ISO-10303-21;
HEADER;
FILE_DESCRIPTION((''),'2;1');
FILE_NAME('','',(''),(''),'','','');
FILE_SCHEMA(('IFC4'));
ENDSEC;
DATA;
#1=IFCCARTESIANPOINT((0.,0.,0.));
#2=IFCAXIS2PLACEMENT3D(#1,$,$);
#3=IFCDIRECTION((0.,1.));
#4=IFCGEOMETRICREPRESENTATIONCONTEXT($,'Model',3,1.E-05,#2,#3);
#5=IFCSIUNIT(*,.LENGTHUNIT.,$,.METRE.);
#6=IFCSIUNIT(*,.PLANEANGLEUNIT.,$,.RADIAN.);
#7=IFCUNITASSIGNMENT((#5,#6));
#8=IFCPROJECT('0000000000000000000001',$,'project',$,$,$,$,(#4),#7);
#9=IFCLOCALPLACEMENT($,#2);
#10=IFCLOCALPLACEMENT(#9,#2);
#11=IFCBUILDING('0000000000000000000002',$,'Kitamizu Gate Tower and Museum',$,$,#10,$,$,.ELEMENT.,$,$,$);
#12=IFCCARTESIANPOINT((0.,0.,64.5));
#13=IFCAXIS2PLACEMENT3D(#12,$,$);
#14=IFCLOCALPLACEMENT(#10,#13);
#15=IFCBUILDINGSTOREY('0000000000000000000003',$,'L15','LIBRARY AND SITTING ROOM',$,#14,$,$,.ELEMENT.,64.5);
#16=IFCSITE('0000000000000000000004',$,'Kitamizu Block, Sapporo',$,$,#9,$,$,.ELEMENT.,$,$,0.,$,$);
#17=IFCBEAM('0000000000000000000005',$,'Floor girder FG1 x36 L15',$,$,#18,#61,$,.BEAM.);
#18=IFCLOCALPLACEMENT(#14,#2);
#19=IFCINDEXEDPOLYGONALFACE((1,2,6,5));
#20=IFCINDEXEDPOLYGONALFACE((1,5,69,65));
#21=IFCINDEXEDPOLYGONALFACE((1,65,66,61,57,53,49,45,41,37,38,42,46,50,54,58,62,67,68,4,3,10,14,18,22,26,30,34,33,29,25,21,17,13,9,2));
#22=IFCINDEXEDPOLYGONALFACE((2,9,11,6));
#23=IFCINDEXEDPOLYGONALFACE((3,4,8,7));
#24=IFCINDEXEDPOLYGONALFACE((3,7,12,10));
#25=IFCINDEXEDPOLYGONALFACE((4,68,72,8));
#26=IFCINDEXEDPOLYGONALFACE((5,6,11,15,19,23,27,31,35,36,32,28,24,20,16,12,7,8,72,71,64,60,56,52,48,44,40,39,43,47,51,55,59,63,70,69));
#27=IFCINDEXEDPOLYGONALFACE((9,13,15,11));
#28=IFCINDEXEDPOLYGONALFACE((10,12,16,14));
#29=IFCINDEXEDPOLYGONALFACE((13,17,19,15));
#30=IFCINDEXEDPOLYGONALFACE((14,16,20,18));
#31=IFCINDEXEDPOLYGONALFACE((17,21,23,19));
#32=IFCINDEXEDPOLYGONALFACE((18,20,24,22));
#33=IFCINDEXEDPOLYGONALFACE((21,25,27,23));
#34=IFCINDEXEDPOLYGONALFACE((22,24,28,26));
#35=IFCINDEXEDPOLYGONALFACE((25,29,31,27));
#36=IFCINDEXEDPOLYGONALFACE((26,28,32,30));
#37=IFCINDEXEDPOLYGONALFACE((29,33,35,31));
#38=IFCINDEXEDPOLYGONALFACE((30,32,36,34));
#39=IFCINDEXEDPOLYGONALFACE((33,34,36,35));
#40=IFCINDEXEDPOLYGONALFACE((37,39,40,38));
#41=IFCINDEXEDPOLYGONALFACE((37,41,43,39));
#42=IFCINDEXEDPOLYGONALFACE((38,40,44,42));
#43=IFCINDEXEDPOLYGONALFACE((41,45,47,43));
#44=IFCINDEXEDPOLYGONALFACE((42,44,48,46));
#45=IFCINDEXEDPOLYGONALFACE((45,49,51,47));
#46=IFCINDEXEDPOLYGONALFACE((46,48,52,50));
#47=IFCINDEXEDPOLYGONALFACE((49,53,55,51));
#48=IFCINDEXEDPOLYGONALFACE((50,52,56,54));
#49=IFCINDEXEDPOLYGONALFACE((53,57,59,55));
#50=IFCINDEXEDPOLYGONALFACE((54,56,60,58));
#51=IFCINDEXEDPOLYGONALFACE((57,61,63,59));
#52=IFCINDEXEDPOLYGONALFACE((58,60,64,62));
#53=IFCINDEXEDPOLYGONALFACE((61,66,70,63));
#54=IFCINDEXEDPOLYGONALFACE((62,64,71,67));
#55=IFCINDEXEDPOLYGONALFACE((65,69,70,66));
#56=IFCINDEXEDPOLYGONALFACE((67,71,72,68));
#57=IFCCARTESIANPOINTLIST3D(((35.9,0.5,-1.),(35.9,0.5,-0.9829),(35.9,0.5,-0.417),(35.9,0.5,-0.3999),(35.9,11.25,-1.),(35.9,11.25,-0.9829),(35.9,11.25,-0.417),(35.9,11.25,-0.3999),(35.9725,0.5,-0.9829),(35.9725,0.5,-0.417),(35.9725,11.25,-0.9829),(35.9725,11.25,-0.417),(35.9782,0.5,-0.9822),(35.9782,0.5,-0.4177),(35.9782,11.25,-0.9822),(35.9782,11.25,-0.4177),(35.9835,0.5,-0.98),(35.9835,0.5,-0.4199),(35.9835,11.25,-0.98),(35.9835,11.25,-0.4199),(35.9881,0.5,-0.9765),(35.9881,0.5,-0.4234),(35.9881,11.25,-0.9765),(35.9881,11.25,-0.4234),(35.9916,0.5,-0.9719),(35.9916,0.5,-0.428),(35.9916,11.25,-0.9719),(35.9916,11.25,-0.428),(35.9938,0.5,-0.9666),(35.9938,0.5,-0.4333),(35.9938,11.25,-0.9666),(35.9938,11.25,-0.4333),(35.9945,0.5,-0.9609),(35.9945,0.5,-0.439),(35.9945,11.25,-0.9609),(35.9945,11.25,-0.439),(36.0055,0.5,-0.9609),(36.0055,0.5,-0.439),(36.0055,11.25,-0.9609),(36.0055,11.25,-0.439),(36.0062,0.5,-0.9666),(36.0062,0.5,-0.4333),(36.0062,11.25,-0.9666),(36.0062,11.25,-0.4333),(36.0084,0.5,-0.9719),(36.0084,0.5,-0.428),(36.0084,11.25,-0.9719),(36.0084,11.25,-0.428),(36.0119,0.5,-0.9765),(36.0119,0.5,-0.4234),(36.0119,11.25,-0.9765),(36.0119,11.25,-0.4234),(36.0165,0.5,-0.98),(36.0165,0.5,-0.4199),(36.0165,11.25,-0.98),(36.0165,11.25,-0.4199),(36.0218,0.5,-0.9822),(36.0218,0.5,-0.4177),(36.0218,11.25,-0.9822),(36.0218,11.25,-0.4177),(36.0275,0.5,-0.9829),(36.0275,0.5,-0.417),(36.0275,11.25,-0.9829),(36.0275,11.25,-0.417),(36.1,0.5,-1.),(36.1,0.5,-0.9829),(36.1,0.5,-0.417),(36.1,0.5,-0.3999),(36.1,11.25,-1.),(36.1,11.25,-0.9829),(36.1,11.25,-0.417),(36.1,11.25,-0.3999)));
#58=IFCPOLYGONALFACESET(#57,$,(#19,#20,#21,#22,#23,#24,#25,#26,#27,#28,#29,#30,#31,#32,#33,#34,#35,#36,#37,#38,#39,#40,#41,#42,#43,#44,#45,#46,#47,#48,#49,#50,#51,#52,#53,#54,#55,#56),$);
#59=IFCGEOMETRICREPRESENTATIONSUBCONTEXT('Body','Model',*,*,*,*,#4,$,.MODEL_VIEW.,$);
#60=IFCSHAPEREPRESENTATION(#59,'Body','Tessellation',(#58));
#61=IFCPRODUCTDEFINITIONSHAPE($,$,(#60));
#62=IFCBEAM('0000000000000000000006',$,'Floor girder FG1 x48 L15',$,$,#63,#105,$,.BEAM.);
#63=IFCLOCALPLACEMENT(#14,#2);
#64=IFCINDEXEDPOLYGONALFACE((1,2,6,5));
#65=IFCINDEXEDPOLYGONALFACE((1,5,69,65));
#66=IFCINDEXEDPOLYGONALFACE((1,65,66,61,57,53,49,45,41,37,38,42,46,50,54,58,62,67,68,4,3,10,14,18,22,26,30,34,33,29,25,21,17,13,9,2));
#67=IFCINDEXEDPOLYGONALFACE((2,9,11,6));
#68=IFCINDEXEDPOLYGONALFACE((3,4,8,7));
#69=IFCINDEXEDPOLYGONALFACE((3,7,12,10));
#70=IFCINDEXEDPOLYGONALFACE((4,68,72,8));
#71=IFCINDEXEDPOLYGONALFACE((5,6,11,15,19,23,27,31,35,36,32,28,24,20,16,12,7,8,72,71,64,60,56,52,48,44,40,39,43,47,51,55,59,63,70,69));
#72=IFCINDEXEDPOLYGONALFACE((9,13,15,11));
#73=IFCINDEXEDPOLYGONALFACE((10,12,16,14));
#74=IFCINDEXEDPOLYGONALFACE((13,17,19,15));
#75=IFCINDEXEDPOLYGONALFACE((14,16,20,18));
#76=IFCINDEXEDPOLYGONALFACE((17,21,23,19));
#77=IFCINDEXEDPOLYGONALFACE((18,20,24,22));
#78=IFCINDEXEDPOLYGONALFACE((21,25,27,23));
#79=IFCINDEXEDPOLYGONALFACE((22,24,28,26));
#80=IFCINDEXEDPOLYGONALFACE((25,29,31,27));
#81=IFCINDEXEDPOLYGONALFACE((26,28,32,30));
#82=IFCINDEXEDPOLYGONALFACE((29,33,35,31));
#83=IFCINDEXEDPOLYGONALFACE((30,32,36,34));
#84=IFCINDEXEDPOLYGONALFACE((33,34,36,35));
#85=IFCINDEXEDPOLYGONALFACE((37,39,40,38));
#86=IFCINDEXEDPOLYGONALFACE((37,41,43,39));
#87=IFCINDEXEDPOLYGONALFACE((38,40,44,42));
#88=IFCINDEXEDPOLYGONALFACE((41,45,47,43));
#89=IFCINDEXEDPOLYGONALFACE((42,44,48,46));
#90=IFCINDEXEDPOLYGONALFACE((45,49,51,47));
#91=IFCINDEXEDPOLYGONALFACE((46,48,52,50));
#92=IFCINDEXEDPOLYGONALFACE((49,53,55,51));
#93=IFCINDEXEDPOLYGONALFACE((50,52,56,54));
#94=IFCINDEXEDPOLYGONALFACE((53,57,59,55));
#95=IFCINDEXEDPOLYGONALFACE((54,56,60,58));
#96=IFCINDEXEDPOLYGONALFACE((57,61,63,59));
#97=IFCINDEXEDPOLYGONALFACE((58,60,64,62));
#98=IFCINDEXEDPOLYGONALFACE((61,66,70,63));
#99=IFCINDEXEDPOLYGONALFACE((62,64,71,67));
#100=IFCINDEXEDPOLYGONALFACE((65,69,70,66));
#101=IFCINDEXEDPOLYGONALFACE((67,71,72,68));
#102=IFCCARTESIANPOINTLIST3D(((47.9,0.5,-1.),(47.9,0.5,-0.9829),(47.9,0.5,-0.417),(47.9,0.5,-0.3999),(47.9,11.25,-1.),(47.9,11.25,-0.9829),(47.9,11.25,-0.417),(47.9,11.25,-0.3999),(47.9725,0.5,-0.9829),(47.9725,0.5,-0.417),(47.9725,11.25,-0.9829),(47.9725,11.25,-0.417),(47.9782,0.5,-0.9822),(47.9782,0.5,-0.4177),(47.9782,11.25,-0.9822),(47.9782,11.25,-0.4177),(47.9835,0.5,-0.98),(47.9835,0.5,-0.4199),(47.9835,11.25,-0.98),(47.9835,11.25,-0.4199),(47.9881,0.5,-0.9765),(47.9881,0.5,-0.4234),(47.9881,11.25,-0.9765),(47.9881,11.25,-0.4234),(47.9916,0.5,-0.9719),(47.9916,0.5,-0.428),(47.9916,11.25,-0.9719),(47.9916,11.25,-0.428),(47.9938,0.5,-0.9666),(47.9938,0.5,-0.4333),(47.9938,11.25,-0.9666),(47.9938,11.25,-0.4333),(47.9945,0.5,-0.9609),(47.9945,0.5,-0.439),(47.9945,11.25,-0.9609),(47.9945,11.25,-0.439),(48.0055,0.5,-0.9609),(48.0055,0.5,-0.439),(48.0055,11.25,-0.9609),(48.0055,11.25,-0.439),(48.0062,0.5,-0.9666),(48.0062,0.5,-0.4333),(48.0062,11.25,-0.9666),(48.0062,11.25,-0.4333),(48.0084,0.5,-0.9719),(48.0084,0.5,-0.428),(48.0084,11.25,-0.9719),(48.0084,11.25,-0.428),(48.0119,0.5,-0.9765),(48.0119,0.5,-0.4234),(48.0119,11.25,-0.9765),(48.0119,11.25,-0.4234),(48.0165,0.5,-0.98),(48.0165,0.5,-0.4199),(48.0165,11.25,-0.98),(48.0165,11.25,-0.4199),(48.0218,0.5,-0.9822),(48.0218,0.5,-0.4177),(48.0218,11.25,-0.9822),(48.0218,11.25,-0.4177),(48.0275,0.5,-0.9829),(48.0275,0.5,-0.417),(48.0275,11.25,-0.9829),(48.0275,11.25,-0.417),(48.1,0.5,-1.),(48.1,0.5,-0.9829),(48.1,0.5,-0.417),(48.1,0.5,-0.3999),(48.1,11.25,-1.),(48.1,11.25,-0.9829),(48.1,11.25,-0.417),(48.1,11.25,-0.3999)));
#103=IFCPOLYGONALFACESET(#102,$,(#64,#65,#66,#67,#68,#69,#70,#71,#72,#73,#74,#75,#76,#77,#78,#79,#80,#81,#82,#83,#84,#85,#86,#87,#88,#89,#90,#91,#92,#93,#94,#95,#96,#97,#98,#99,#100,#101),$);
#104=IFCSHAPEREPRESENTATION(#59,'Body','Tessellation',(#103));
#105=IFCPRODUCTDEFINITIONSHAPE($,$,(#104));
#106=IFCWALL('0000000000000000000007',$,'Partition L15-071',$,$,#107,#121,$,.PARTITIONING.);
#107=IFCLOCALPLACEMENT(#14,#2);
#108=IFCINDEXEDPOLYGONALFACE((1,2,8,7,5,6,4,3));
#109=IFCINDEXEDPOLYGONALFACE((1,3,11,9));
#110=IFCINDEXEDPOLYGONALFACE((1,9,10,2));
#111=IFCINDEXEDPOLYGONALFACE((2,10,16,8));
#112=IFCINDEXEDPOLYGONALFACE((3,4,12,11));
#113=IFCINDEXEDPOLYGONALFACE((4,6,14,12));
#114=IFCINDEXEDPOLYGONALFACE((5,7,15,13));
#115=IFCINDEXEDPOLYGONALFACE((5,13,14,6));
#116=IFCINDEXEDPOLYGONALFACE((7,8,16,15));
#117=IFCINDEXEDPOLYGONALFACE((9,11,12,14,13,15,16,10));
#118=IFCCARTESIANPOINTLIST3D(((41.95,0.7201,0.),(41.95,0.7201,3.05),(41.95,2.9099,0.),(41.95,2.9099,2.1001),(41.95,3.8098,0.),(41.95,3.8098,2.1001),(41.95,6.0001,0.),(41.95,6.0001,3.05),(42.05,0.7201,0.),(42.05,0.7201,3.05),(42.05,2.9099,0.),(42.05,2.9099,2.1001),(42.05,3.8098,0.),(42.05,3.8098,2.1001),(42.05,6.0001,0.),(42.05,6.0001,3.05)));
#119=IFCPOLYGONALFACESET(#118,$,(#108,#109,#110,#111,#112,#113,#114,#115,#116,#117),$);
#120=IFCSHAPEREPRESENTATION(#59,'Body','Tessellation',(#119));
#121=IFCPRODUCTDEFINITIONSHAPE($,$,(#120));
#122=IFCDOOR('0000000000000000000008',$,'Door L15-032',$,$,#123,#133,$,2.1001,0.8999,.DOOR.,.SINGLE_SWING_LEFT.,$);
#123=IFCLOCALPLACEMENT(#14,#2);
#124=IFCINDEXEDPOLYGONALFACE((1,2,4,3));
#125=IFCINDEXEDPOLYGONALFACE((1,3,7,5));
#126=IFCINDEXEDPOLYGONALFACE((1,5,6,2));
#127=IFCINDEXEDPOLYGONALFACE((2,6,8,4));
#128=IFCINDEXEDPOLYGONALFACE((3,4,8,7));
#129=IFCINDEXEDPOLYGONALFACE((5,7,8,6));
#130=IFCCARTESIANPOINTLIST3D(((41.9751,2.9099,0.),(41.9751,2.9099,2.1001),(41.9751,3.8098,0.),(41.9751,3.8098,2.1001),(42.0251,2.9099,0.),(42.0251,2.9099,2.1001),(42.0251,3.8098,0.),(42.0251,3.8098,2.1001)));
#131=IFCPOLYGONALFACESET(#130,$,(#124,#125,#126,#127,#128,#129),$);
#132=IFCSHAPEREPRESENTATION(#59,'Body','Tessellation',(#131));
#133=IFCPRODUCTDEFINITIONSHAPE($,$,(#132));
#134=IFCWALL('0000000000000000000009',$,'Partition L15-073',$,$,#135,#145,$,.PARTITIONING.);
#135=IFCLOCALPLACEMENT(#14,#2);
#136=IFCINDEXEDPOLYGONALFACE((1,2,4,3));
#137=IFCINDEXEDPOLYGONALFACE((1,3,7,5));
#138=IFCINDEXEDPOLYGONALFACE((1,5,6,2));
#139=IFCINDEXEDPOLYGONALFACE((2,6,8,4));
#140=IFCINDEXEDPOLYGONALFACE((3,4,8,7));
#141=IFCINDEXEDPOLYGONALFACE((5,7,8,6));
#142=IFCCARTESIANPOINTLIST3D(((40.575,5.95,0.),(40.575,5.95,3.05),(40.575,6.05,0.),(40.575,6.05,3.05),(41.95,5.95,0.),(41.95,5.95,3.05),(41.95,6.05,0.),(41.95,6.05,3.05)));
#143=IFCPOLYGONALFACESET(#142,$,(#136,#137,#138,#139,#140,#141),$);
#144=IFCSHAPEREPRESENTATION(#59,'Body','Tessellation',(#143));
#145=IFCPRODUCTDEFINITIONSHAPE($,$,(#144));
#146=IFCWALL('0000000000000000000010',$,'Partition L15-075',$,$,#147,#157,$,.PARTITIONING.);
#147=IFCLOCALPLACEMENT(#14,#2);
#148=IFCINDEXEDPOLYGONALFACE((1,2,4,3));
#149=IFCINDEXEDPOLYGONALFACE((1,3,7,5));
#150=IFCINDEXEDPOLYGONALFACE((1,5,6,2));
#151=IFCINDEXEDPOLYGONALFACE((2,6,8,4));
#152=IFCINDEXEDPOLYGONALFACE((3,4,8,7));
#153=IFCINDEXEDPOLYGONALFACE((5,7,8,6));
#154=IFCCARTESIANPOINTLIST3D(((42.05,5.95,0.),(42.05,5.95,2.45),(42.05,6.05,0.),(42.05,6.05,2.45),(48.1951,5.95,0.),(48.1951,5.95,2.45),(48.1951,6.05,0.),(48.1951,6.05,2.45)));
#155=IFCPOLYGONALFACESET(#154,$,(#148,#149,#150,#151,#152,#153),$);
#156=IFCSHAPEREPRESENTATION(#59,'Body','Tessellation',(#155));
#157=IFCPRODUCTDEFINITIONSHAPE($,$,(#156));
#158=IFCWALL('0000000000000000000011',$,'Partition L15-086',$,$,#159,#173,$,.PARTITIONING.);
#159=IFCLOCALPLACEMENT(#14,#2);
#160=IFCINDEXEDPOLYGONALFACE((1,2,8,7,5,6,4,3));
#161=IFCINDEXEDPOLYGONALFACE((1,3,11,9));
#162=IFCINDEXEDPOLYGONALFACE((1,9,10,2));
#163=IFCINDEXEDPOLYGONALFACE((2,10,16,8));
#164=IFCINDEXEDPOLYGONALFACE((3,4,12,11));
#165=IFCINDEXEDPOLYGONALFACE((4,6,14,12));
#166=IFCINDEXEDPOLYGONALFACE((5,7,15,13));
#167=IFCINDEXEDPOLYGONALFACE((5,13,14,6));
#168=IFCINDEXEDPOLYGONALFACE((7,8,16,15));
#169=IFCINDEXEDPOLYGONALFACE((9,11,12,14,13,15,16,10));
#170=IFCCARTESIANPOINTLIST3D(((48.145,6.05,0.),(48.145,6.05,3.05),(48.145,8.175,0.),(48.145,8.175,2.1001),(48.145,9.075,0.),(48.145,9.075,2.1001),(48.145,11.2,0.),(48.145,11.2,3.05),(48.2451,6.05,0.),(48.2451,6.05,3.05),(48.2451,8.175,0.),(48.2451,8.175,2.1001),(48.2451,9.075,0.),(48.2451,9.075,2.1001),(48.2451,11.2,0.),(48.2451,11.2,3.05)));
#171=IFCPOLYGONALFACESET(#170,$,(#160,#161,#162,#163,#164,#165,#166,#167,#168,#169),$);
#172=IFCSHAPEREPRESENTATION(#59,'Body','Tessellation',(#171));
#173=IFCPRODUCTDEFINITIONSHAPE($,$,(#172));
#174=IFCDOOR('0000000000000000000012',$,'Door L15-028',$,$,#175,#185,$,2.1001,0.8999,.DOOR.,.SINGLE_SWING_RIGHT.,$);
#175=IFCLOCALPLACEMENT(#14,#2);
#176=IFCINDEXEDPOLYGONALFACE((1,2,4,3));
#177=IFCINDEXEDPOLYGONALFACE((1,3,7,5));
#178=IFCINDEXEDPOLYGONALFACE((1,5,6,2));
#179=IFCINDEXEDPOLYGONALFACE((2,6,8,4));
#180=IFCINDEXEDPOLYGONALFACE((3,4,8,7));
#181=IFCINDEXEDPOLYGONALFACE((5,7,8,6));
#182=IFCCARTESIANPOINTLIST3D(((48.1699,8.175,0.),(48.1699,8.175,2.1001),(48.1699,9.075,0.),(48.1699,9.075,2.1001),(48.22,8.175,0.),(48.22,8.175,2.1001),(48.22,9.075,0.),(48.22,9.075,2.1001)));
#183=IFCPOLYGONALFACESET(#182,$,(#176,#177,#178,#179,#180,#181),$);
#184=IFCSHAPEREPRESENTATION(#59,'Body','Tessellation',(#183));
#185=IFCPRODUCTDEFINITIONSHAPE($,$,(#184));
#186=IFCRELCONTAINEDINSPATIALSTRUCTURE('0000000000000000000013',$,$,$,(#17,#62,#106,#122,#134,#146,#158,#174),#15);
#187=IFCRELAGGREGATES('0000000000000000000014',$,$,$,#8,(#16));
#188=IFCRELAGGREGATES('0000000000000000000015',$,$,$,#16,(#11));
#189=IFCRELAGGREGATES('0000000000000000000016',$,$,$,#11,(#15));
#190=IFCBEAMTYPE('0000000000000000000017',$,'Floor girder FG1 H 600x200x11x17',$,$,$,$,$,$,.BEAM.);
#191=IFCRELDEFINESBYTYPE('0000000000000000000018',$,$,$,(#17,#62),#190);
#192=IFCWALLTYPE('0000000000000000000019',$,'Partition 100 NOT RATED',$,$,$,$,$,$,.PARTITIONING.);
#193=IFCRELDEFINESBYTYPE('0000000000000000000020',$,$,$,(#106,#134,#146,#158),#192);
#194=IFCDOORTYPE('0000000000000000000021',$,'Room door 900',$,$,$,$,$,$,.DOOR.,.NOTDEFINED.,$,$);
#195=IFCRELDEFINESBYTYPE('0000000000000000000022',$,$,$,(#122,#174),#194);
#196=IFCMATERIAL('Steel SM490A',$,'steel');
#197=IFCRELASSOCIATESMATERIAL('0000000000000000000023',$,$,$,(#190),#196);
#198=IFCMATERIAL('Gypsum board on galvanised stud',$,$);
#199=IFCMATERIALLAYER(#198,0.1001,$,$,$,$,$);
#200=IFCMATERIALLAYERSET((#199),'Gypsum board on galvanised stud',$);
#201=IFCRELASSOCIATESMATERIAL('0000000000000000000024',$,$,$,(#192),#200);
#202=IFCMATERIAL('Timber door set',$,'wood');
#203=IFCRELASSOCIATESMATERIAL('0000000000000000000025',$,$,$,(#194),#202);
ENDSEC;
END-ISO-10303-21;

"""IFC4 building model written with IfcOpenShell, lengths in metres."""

from ifc_helpers import new_model, si_unit, direction, frame, frame_2d, origin, origin_2d, place, context, subcontext, project, spatial, rectangle, i_section, extrude, material, layer, layer_set, material_profile, profile_set, type_object, element, fill, save


model = new_model("IFC4")

# Units and contexts
model_context = context("Model", 3, precision=1e-05, world=origin(), true_north=direction((0.0, 1.0)))
body_context = subcontext(model_context, "Body", "Model", "MODEL_VIEW")
ifc_project = project(units=[si_unit("LENGTHUNIT", "METRE"), si_unit("PLANEANGLEUNIT", "RADIAN")], contexts=[model_context])

# Site, building, storey
site_placement = place(None, origin())
site = spatial("IfcSite", under=ifc_project, at=site_placement, Name="Kitamizu Block, Sapporo", CompositionType="ELEMENT", RefElevation=0.0)
building_placement = place(site_placement, origin())
building = spatial("IfcBuilding", under=site, at=building_placement, Name="Kitamizu Gate Tower and Museum", CompositionType="ELEMENT")
storey_placement = place(building_placement, frame((0.0, 0.0, 64.5)))
storey = spatial("IfcBuildingStorey", under=building, at=storey_placement, Name="L15", Description="LIBRARY AND SITTING ROOM", CompositionType="ELEMENT", Elevation=64.5)

# Beams
ifc_material_1 = material(Name="Steel SM490A", Category="steel")
ifc_material_profile_1 = material_profile(ifc_material_1, i_section(OverallWidth=0.2, OverallDepth=0.6001, WebThickness=0.011, FlangeThickness=0.0171, FilletRadius=0.022, at=origin_2d()), Name="H-600x200x11x17")
ifc_profile_set_1 = profile_set([ifc_material_profile_1], Name="Steel SM490A")
beam_type_1 = type_object("IfcBeamType", Name="Floor girder FG1 H 600x200x11x17", PredefinedType="BEAM", material=ifc_profile_set_1)
for number, where, z_axis, x_axis, name in (
    (1, (36.0, 0.5, -0.7), (0.0, 1.0, 0.0), (-1.0, 0.0, 0.0), "Floor girder FG1 x36 L15"),
    (2, (48.0, 0.5, -0.7), (0.0, 1.0, 0.0), (-1.0, 0.0, 0.0), "Floor girder FG1 x48 L15"),
):
    element("IfcBeam", number, at=place(storey_placement, frame(where, z_axis=z_axis, x_axis=x_axis)), inside=storey, type_object=beam_type_1, Name=name, PredefinedType="BEAM", context=body_context, shape_type="SweptSolid", body=[
        extrude(i_section(OverallWidth=0.2, OverallDepth=0.6001, WebThickness=0.011, FlangeThickness=0.0171, FilletRadius=0.022, at=origin_2d()), origin(), (0.0, 0.0, 1.0), 10.75),
    ])

# Wall, opening, door
ifc_material_2 = material(Name="Gypsum board on galvanised stud")
ifc_layer_1 = layer(ifc_material_2, 0.1001)
ifc_layer_set_1 = layer_set([ifc_layer_1], Name="Gypsum board on galvanised stud")
wall_type_1 = type_object("IfcWallType", Name="Partition 100 NOT RATED", PredefinedType="PARTITIONING", material=ifc_layer_set_1)
wall_1_placement = place(storey_placement, frame((42.0, 0.72, 0.0), z_axis=(0.0, 0.0, 1.0), x_axis=(0.0, 1.0, 0.0)))
wall_1 = element("IfcWall", 3, at=wall_1_placement, inside=storey, type_object=wall_type_1, Name="Partition L15-071", PredefinedType="PARTITIONING", context=body_context, shape_type="SweptSolid", body=[
    extrude(rectangle(XDim=5.28, YDim=0.1001, at=frame_2d((2.6401, 0.0))), origin(), (0.0, 0.0, 1.0), 3.05),
])
opening_1_placement = place(wall_1_placement, frame((2.1899, 0.0, 0.0)))
opening_1 = element("IfcOpeningElement", 4, at=opening_1_placement, cuts=wall_1, PredefinedType="OPENING", context=body_context, shape_type="SweptSolid", body=[
    extrude(rectangle(XDim=0.8999, YDim=2.1001, at=frame_2d((0.45, 1.05))), frame((0.0, 0.0601, 0.0), z_axis=(0.0, -1.0, 0.0), x_axis=(1.0, 0.0, 0.0)), (0.0, 0.0, 1.0), 0.1201),
])
ifc_material_3 = material(Name="Timber door set", Category="wood")
door_type_1 = type_object("IfcDoorType", Name="Room door 900", OperationType="NOTDEFINED", PredefinedType="DOOR", material=ifc_material_3)
door_1_placement = place(opening_1_placement, origin())
door_1 = element("IfcDoor", 5, at=door_1_placement, inside=storey, type_object=door_type_1, Name="Door L15-032", OperationType="SINGLE_SWING_LEFT", OverallHeight=2.1001, OverallWidth=0.8999, PredefinedType="DOOR", context=body_context, shape_type="SweptSolid", body=[
    extrude(rectangle(XDim=0.8999, YDim=2.1001, at=frame_2d((0.45, 1.05))), frame((0.0, 0.0249, 0.0), z_axis=(0.0, -1.0, 0.0), x_axis=(1.0, 0.0, 0.0)), (0.0, 0.0, 1.0), 0.05),
])
fill(opening_1, door_1)

# Walls
wall_2_placement = place(storey_placement, frame((41.95, 6.0, 0.0), z_axis=(0.0, 0.0, 1.0), x_axis=(-1.0, 0.0, 0.0)))
element("IfcWall", 6, at=wall_2_placement, inside=storey, type_object=wall_type_1, Name="Partition L15-073", PredefinedType="PARTITIONING", context=body_context, shape_type="SweptSolid", body=[
    extrude(rectangle(XDim=1.375, YDim=0.1001, at=frame_2d((0.6875, 0.0))), origin(), (0.0, 0.0, 1.0), 3.05),
])
wall_3_placement = place(storey_placement, frame((48.1951, 6.0, 0.0), z_axis=(0.0, 0.0, 1.0), x_axis=(-1.0, 0.0, 0.0)))
element("IfcWall", 7, at=wall_3_placement, inside=storey, type_object=wall_type_1, Name="Partition L15-075", PredefinedType="PARTITIONING", context=body_context, shape_type="SweptSolid", body=[
    extrude(rectangle(XDim=6.145, YDim=0.1001, at=frame_2d((3.0725, 0.0))), origin(), (0.0, 0.0, 1.0), 2.45),
])

# Wall, opening, door
wall_4_placement = place(storey_placement, frame((48.1951, 6.05, 0.0), z_axis=(0.0, 0.0, 1.0), x_axis=(0.0, 1.0, 0.0)))
wall_4 = element("IfcWall", 8, at=wall_4_placement, inside=storey, type_object=wall_type_1, Name="Partition L15-086", PredefinedType="PARTITIONING", context=body_context, shape_type="SweptSolid", body=[
    extrude(rectangle(XDim=5.1499, YDim=0.1001, at=frame_2d((2.575, 0.0))), origin(), (0.0, 0.0, 1.0), 3.05),
])
opening_2_placement = place(wall_4_placement, frame((2.125, 0.0, 0.0)))
opening_2 = element("IfcOpeningElement", 9, at=opening_2_placement, cuts=wall_4, PredefinedType="OPENING", context=body_context, shape_type="SweptSolid", body=[
    extrude(rectangle(XDim=0.8999, YDim=2.1001, at=frame_2d((0.45, 1.05))), frame((0.0, 0.0601, 0.0), z_axis=(0.0, -1.0, 0.0), x_axis=(1.0, 0.0, 0.0)), (0.0, 0.0, 1.0), 0.1201),
])
door_2_placement = place(opening_2_placement, frame((0.8999, 0.0, 0.0), x_axis=(-1.0, 0.0, 0.0)))
door_2 = element("IfcDoor", 10, at=door_2_placement, inside=storey, type_object=door_type_1, Name="Door L15-028", OperationType="SINGLE_SWING_RIGHT", OverallHeight=2.1001, OverallWidth=0.8999, PredefinedType="DOOR", context=body_context, shape_type="SweptSolid", body=[
    extrude(rectangle(XDim=0.8999, YDim=2.1001, at=frame_2d((0.45, 1.05))), frame((0.0, 0.0249, 0.0), z_axis=(0.0, -1.0, 0.0), x_axis=(1.0, 0.0, 0.0)), (0.0, 0.0, 1.0), 0.05),
])
fill(opening_2, door_2)

save(model, "model.ifc")
